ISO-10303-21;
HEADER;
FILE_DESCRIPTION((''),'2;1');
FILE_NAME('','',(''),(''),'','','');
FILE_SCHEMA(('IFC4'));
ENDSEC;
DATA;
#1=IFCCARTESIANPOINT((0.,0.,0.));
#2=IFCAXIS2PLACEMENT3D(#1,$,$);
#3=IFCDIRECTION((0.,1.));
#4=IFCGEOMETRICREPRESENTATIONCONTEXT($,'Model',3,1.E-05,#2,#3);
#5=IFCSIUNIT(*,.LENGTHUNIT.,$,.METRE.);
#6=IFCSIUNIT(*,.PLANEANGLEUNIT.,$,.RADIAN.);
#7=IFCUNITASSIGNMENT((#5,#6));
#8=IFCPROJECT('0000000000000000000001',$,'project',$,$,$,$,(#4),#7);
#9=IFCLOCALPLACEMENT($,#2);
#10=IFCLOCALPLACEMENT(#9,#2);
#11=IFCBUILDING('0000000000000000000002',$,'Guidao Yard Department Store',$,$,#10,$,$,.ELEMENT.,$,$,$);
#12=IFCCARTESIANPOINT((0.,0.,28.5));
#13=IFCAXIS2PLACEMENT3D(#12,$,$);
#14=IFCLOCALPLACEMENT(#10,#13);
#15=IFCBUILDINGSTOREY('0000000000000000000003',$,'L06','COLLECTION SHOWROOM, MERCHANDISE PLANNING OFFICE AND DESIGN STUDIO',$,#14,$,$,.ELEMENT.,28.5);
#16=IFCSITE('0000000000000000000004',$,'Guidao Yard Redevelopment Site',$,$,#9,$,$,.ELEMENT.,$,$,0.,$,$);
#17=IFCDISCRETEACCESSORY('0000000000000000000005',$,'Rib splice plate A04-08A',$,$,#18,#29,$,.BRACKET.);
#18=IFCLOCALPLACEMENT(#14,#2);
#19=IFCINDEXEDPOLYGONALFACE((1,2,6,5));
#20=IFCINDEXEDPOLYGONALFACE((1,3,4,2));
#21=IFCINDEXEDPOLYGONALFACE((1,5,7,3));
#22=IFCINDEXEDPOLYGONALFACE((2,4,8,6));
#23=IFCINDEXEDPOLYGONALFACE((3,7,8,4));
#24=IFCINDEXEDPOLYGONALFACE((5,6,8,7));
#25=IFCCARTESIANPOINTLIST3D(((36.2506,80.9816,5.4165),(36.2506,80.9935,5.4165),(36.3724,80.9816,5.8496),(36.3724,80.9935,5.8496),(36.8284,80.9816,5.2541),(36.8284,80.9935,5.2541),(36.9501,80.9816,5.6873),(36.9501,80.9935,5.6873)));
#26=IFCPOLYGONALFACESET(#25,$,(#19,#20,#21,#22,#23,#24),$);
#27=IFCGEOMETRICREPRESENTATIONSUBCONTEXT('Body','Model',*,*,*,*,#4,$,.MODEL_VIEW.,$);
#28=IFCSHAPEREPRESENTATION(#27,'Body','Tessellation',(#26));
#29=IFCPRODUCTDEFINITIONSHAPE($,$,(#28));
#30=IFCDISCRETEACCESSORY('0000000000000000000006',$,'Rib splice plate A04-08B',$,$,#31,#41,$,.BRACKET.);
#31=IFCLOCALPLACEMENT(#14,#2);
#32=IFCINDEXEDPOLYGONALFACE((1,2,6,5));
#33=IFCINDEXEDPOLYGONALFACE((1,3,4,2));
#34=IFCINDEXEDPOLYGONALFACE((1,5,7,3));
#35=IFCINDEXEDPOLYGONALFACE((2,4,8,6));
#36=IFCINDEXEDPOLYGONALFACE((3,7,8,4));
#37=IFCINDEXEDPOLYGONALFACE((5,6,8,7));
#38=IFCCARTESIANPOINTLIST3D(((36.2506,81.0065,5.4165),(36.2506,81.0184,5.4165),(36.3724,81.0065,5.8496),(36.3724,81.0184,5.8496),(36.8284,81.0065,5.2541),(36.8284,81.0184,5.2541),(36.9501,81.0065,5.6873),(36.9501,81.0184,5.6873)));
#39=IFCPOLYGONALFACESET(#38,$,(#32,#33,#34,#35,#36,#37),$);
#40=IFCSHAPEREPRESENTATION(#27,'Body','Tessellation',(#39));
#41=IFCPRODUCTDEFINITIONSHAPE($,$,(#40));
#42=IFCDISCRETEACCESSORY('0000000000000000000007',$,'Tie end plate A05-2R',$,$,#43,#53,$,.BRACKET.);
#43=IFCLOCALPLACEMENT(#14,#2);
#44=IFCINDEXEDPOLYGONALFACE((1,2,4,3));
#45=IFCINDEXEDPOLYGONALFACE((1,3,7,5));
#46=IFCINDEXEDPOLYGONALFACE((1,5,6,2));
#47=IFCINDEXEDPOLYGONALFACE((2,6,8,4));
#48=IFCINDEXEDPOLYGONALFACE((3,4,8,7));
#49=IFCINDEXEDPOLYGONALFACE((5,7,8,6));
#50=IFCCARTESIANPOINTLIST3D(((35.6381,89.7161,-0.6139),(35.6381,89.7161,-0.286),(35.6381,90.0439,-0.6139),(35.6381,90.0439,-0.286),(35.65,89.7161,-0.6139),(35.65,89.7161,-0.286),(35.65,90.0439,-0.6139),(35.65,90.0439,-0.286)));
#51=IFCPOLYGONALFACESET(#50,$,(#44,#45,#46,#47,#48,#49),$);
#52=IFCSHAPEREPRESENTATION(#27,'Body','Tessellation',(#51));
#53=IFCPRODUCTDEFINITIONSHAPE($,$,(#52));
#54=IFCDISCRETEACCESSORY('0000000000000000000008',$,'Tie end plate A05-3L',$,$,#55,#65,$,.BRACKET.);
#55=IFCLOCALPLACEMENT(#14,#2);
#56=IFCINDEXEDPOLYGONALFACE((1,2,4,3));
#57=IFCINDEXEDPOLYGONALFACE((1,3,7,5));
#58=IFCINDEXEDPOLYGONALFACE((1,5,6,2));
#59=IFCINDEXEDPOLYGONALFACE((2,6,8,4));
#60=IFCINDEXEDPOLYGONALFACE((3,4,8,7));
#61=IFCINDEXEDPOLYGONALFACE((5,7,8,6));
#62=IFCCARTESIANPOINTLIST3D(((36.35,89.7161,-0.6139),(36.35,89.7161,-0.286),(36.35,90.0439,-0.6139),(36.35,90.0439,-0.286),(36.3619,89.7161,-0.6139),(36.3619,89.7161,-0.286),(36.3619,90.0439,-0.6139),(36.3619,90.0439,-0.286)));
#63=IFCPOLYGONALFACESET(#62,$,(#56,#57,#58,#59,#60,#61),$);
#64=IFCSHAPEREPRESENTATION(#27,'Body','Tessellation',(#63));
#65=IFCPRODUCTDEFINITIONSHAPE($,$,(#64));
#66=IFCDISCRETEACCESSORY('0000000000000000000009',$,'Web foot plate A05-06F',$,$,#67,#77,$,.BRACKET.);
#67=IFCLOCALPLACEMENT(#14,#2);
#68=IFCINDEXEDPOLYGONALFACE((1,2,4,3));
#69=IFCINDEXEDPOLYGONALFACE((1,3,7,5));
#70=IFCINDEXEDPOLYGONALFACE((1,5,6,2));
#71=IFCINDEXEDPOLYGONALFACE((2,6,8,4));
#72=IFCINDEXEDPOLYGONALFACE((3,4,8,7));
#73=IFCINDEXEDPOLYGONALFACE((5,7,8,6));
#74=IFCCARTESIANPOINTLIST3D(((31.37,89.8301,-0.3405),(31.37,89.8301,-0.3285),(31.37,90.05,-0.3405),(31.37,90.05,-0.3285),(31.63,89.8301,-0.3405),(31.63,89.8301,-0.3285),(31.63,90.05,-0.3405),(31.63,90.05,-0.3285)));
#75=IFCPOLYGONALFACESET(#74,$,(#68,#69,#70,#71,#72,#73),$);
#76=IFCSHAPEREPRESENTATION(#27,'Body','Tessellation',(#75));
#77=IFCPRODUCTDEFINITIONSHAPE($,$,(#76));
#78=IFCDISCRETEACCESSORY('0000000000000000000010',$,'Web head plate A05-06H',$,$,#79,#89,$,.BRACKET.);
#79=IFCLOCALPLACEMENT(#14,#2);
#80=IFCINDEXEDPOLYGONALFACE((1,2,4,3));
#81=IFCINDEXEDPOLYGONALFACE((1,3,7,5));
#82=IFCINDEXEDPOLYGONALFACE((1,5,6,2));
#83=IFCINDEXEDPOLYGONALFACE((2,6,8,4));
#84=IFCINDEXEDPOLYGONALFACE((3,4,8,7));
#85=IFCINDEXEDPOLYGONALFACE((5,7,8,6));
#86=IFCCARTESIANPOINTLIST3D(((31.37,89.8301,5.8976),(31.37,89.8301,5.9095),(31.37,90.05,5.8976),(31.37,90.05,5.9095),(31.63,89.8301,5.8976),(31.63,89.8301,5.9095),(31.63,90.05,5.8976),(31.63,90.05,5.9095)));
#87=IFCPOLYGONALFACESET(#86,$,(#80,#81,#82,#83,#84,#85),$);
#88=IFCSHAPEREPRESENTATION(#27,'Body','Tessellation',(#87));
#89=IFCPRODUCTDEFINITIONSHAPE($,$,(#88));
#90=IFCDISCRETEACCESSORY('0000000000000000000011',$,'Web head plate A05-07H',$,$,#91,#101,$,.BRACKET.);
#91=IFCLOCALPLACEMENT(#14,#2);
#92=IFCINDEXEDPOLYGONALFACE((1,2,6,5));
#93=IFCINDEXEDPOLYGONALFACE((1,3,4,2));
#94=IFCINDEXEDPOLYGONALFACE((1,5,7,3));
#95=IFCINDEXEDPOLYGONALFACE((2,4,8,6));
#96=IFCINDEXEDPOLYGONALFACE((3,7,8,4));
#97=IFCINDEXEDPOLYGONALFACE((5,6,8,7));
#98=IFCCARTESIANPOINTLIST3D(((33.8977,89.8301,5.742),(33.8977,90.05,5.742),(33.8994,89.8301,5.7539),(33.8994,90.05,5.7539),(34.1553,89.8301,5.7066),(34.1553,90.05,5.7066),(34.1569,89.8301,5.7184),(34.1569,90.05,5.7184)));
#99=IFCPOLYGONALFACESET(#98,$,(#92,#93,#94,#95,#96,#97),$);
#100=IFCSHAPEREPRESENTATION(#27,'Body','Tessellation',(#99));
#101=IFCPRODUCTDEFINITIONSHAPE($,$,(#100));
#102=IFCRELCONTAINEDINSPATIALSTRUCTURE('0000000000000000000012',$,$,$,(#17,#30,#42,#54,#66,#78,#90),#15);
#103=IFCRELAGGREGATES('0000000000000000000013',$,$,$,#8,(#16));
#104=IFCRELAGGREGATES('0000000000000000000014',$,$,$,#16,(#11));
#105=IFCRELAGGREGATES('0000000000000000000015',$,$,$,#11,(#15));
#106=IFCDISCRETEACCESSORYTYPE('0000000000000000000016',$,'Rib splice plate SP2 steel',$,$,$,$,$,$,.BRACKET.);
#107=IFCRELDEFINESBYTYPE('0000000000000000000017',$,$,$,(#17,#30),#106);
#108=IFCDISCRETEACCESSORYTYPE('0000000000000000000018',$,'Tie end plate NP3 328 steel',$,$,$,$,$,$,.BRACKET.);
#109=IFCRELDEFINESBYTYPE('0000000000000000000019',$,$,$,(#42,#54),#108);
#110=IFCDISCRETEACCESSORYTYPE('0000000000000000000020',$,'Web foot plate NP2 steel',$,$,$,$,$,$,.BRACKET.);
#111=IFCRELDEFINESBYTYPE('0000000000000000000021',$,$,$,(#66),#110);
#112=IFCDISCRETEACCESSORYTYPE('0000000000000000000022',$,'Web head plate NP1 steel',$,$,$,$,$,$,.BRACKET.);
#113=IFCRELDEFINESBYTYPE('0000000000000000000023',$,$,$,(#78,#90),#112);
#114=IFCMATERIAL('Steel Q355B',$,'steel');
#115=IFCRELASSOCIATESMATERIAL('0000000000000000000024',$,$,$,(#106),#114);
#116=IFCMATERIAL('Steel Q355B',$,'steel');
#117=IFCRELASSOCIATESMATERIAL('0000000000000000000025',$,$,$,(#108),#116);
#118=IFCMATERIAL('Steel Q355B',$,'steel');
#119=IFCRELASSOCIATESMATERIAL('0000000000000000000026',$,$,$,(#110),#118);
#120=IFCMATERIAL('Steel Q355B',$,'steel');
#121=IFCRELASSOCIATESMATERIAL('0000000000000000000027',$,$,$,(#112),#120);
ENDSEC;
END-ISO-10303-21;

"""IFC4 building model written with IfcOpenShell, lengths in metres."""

from ifc_helpers import new_model, si_unit, direction, frame, origin, origin_2d, place, context, subcontext, project, spatial, rectangle, extrude, material, material_profile, profile_set, type_object, element, save


model = new_model("IFC4")

# Units and contexts
model_context = context("Model", 3, precision=1e-05, world=origin(), true_north=direction((0.0, 1.0)))
body_context = subcontext(model_context, "Body", "Model", "MODEL_VIEW")
ifc_project = project(units=[si_unit("LENGTHUNIT", "METRE"), si_unit("PLANEANGLEUNIT", "RADIAN")], contexts=[model_context])

# Site, building, storey
site_placement = place(None, origin())
site = spatial("IfcSite", under=ifc_project, at=site_placement, Name="Guidao Yard Redevelopment Site", CompositionType="ELEMENT", RefElevation=0.0)
building_placement = place(site_placement, origin())
building = spatial("IfcBuilding", under=site, at=building_placement, Name="Guidao Yard Department Store", CompositionType="ELEMENT")
storey_placement = place(building_placement, frame((0.0, 0.0, 28.5)))
storey = spatial("IfcBuildingStorey", under=building, at=storey_placement, Name="L06", Description="COLLECTION SHOWROOM, MERCHANDISE PLANNING OFFICE AND DESIGN STUDIO", CompositionType="ELEMENT", Elevation=28.5)

# Discrete accessories
ifc_material_1 = material(Name="Steel Q355B", Category="steel")
ifc_material_profile_1 = material_profile(ifc_material_1, rectangle(XDim=0.012, YDim=0.45, at=origin_2d()), Name="Splice plate 450x12")
ifc_profile_set_1 = profile_set([ifc_material_profile_1], Name="Steel Q355B")
discrete_accessory_type_1 = type_object("IfcDiscreteAccessoryType", Name="Rib splice plate SP2 steel", PredefinedType="BRACKET", material=ifc_profile_set_1)
for number, where, z_axis, x_axis, name in (
    (1, (36.3115, 80.9875, 5.6331), (0.962697, 0.0, -0.270581), (0.0, 1.0, 0.0), "Rib splice plate A04-08A"),
    (2, (36.3115, 81.0125, 5.6331), (0.962697, 0.0, -0.270581), (0.0, 1.0, 0.0), "Rib splice plate A04-08B"),
):
    element("IfcDiscreteAccessory", number, at=place(storey_placement, frame(where, z_axis=z_axis, x_axis=x_axis)), inside=storey, type_object=discrete_accessory_type_1, Name=name, PredefinedType="BRACKET", context=body_context, shape_type="SweptSolid", body=[
        extrude(rectangle(XDim=0.012, YDim=0.45, at=origin_2d()), origin(), (0.0, 0.0, 1.0), 0.6001),
    ])
ifc_material_2 = material(Name="Steel Q355B", Category="steel")
ifc_material_profile_2 = material_profile(ifc_material_2, rectangle(XDim=0.3279, YDim=0.012, at=origin_2d()), Name="Node plate 328x12")
ifc_profile_set_2 = profile_set([ifc_material_profile_2], Name="Steel Q355B")
discrete_accessory_type_2 = type_object("IfcDiscreteAccessoryType", Name="Tie end plate NP3 328 steel", PredefinedType="BRACKET", material=ifc_profile_set_2)
for number, where, z_axis, x_axis, name in (
    (3, (35.644, 89.7161, -0.45), (0.0, 1.0, 0.0), (0.0, 0.0, 1.0), "Tie end plate A05-2R"),
    (4, (36.356, 89.7161, -0.45), (0.0, 1.0, 0.0), (0.0, 0.0, 1.0), "Tie end plate A05-3L"),
):
    element("IfcDiscreteAccessory", number, at=place(storey_placement, frame(where, z_axis=z_axis, x_axis=x_axis)), inside=storey, type_object=discrete_accessory_type_2, Name=name, PredefinedType="BRACKET", context=body_context, shape_type="SweptSolid", body=[
        extrude(rectangle(XDim=0.3279, YDim=0.012, at=origin_2d()), origin(), (0.0, 0.0, 1.0), 0.3279),
    ])
ifc_material_3 = material(Name="Steel Q355B", Category="steel")
ifc_material_profile_3 = material_profile(ifc_material_3, rectangle(XDim=0.26, YDim=0.012, at=origin_2d()), Name="Node plate 260x12")
ifc_profile_set_3 = profile_set([ifc_material_profile_3], Name="Steel Q355B")
discrete_accessory_type_3 = type_object("IfcDiscreteAccessoryType", Name="Web foot plate NP2 steel", PredefinedType="BRACKET", material=ifc_profile_set_3)
discrete_accessory_placement = place(storey_placement, frame((31.5, 89.8301, -0.3345), z_axis=(0.0, 1.0, 0.0), x_axis=(-1.0, 0.0, 0.0)))
element("IfcDiscreteAccessory", 5, at=discrete_accessory_placement, inside=storey, type_object=discrete_accessory_type_3, Name="Web foot plate A05-06F", PredefinedType="BRACKET", context=body_context, shape_type="SweptSolid", body=[
    extrude(rectangle(XDim=0.26, YDim=0.012, at=origin_2d()), origin(), (0.0, 0.0, 1.0), 0.22),
])
ifc_material_4 = material(Name="Steel Q355B", Category="steel")
ifc_material_profile_4 = material_profile(ifc_material_4, rectangle(XDim=0.26, YDim=0.012, at=origin_2d()), Name="Node plate 260x12")
ifc_profile_set_4 = profile_set([ifc_material_profile_4], Name="Steel Q355B")
discrete_accessory_type_4 = type_object("IfcDiscreteAccessoryType", Name="Web head plate NP1 steel", PredefinedType="BRACKET", material=ifc_profile_set_4)
for number, where, z_axis, x_axis, name in (
    (6, (31.5, 89.8301, 5.9036), (0.0, 1.0, 0.0), (-1.0, 0.0, 0.0), "Web head plate A05-06H"),
    (7, (34.0273, 89.8301, 5.7302), (0.0, 1.0, 0.0), (-0.990647, 0.0, 0.136449), "Web head plate A05-07H"),
):
    element("IfcDiscreteAccessory", number, at=place(storey_placement, frame(where, z_axis=z_axis, x_axis=x_axis)), inside=storey, type_object=discrete_accessory_type_4, Name=name, PredefinedType="BRACKET", context=body_context, shape_type="SweptSolid", body=[
        extrude(rectangle(XDim=0.26, YDim=0.012, at=origin_2d()), origin(), (0.0, 0.0, 1.0), 0.22),
    ])

save(model, "model.ifc")
